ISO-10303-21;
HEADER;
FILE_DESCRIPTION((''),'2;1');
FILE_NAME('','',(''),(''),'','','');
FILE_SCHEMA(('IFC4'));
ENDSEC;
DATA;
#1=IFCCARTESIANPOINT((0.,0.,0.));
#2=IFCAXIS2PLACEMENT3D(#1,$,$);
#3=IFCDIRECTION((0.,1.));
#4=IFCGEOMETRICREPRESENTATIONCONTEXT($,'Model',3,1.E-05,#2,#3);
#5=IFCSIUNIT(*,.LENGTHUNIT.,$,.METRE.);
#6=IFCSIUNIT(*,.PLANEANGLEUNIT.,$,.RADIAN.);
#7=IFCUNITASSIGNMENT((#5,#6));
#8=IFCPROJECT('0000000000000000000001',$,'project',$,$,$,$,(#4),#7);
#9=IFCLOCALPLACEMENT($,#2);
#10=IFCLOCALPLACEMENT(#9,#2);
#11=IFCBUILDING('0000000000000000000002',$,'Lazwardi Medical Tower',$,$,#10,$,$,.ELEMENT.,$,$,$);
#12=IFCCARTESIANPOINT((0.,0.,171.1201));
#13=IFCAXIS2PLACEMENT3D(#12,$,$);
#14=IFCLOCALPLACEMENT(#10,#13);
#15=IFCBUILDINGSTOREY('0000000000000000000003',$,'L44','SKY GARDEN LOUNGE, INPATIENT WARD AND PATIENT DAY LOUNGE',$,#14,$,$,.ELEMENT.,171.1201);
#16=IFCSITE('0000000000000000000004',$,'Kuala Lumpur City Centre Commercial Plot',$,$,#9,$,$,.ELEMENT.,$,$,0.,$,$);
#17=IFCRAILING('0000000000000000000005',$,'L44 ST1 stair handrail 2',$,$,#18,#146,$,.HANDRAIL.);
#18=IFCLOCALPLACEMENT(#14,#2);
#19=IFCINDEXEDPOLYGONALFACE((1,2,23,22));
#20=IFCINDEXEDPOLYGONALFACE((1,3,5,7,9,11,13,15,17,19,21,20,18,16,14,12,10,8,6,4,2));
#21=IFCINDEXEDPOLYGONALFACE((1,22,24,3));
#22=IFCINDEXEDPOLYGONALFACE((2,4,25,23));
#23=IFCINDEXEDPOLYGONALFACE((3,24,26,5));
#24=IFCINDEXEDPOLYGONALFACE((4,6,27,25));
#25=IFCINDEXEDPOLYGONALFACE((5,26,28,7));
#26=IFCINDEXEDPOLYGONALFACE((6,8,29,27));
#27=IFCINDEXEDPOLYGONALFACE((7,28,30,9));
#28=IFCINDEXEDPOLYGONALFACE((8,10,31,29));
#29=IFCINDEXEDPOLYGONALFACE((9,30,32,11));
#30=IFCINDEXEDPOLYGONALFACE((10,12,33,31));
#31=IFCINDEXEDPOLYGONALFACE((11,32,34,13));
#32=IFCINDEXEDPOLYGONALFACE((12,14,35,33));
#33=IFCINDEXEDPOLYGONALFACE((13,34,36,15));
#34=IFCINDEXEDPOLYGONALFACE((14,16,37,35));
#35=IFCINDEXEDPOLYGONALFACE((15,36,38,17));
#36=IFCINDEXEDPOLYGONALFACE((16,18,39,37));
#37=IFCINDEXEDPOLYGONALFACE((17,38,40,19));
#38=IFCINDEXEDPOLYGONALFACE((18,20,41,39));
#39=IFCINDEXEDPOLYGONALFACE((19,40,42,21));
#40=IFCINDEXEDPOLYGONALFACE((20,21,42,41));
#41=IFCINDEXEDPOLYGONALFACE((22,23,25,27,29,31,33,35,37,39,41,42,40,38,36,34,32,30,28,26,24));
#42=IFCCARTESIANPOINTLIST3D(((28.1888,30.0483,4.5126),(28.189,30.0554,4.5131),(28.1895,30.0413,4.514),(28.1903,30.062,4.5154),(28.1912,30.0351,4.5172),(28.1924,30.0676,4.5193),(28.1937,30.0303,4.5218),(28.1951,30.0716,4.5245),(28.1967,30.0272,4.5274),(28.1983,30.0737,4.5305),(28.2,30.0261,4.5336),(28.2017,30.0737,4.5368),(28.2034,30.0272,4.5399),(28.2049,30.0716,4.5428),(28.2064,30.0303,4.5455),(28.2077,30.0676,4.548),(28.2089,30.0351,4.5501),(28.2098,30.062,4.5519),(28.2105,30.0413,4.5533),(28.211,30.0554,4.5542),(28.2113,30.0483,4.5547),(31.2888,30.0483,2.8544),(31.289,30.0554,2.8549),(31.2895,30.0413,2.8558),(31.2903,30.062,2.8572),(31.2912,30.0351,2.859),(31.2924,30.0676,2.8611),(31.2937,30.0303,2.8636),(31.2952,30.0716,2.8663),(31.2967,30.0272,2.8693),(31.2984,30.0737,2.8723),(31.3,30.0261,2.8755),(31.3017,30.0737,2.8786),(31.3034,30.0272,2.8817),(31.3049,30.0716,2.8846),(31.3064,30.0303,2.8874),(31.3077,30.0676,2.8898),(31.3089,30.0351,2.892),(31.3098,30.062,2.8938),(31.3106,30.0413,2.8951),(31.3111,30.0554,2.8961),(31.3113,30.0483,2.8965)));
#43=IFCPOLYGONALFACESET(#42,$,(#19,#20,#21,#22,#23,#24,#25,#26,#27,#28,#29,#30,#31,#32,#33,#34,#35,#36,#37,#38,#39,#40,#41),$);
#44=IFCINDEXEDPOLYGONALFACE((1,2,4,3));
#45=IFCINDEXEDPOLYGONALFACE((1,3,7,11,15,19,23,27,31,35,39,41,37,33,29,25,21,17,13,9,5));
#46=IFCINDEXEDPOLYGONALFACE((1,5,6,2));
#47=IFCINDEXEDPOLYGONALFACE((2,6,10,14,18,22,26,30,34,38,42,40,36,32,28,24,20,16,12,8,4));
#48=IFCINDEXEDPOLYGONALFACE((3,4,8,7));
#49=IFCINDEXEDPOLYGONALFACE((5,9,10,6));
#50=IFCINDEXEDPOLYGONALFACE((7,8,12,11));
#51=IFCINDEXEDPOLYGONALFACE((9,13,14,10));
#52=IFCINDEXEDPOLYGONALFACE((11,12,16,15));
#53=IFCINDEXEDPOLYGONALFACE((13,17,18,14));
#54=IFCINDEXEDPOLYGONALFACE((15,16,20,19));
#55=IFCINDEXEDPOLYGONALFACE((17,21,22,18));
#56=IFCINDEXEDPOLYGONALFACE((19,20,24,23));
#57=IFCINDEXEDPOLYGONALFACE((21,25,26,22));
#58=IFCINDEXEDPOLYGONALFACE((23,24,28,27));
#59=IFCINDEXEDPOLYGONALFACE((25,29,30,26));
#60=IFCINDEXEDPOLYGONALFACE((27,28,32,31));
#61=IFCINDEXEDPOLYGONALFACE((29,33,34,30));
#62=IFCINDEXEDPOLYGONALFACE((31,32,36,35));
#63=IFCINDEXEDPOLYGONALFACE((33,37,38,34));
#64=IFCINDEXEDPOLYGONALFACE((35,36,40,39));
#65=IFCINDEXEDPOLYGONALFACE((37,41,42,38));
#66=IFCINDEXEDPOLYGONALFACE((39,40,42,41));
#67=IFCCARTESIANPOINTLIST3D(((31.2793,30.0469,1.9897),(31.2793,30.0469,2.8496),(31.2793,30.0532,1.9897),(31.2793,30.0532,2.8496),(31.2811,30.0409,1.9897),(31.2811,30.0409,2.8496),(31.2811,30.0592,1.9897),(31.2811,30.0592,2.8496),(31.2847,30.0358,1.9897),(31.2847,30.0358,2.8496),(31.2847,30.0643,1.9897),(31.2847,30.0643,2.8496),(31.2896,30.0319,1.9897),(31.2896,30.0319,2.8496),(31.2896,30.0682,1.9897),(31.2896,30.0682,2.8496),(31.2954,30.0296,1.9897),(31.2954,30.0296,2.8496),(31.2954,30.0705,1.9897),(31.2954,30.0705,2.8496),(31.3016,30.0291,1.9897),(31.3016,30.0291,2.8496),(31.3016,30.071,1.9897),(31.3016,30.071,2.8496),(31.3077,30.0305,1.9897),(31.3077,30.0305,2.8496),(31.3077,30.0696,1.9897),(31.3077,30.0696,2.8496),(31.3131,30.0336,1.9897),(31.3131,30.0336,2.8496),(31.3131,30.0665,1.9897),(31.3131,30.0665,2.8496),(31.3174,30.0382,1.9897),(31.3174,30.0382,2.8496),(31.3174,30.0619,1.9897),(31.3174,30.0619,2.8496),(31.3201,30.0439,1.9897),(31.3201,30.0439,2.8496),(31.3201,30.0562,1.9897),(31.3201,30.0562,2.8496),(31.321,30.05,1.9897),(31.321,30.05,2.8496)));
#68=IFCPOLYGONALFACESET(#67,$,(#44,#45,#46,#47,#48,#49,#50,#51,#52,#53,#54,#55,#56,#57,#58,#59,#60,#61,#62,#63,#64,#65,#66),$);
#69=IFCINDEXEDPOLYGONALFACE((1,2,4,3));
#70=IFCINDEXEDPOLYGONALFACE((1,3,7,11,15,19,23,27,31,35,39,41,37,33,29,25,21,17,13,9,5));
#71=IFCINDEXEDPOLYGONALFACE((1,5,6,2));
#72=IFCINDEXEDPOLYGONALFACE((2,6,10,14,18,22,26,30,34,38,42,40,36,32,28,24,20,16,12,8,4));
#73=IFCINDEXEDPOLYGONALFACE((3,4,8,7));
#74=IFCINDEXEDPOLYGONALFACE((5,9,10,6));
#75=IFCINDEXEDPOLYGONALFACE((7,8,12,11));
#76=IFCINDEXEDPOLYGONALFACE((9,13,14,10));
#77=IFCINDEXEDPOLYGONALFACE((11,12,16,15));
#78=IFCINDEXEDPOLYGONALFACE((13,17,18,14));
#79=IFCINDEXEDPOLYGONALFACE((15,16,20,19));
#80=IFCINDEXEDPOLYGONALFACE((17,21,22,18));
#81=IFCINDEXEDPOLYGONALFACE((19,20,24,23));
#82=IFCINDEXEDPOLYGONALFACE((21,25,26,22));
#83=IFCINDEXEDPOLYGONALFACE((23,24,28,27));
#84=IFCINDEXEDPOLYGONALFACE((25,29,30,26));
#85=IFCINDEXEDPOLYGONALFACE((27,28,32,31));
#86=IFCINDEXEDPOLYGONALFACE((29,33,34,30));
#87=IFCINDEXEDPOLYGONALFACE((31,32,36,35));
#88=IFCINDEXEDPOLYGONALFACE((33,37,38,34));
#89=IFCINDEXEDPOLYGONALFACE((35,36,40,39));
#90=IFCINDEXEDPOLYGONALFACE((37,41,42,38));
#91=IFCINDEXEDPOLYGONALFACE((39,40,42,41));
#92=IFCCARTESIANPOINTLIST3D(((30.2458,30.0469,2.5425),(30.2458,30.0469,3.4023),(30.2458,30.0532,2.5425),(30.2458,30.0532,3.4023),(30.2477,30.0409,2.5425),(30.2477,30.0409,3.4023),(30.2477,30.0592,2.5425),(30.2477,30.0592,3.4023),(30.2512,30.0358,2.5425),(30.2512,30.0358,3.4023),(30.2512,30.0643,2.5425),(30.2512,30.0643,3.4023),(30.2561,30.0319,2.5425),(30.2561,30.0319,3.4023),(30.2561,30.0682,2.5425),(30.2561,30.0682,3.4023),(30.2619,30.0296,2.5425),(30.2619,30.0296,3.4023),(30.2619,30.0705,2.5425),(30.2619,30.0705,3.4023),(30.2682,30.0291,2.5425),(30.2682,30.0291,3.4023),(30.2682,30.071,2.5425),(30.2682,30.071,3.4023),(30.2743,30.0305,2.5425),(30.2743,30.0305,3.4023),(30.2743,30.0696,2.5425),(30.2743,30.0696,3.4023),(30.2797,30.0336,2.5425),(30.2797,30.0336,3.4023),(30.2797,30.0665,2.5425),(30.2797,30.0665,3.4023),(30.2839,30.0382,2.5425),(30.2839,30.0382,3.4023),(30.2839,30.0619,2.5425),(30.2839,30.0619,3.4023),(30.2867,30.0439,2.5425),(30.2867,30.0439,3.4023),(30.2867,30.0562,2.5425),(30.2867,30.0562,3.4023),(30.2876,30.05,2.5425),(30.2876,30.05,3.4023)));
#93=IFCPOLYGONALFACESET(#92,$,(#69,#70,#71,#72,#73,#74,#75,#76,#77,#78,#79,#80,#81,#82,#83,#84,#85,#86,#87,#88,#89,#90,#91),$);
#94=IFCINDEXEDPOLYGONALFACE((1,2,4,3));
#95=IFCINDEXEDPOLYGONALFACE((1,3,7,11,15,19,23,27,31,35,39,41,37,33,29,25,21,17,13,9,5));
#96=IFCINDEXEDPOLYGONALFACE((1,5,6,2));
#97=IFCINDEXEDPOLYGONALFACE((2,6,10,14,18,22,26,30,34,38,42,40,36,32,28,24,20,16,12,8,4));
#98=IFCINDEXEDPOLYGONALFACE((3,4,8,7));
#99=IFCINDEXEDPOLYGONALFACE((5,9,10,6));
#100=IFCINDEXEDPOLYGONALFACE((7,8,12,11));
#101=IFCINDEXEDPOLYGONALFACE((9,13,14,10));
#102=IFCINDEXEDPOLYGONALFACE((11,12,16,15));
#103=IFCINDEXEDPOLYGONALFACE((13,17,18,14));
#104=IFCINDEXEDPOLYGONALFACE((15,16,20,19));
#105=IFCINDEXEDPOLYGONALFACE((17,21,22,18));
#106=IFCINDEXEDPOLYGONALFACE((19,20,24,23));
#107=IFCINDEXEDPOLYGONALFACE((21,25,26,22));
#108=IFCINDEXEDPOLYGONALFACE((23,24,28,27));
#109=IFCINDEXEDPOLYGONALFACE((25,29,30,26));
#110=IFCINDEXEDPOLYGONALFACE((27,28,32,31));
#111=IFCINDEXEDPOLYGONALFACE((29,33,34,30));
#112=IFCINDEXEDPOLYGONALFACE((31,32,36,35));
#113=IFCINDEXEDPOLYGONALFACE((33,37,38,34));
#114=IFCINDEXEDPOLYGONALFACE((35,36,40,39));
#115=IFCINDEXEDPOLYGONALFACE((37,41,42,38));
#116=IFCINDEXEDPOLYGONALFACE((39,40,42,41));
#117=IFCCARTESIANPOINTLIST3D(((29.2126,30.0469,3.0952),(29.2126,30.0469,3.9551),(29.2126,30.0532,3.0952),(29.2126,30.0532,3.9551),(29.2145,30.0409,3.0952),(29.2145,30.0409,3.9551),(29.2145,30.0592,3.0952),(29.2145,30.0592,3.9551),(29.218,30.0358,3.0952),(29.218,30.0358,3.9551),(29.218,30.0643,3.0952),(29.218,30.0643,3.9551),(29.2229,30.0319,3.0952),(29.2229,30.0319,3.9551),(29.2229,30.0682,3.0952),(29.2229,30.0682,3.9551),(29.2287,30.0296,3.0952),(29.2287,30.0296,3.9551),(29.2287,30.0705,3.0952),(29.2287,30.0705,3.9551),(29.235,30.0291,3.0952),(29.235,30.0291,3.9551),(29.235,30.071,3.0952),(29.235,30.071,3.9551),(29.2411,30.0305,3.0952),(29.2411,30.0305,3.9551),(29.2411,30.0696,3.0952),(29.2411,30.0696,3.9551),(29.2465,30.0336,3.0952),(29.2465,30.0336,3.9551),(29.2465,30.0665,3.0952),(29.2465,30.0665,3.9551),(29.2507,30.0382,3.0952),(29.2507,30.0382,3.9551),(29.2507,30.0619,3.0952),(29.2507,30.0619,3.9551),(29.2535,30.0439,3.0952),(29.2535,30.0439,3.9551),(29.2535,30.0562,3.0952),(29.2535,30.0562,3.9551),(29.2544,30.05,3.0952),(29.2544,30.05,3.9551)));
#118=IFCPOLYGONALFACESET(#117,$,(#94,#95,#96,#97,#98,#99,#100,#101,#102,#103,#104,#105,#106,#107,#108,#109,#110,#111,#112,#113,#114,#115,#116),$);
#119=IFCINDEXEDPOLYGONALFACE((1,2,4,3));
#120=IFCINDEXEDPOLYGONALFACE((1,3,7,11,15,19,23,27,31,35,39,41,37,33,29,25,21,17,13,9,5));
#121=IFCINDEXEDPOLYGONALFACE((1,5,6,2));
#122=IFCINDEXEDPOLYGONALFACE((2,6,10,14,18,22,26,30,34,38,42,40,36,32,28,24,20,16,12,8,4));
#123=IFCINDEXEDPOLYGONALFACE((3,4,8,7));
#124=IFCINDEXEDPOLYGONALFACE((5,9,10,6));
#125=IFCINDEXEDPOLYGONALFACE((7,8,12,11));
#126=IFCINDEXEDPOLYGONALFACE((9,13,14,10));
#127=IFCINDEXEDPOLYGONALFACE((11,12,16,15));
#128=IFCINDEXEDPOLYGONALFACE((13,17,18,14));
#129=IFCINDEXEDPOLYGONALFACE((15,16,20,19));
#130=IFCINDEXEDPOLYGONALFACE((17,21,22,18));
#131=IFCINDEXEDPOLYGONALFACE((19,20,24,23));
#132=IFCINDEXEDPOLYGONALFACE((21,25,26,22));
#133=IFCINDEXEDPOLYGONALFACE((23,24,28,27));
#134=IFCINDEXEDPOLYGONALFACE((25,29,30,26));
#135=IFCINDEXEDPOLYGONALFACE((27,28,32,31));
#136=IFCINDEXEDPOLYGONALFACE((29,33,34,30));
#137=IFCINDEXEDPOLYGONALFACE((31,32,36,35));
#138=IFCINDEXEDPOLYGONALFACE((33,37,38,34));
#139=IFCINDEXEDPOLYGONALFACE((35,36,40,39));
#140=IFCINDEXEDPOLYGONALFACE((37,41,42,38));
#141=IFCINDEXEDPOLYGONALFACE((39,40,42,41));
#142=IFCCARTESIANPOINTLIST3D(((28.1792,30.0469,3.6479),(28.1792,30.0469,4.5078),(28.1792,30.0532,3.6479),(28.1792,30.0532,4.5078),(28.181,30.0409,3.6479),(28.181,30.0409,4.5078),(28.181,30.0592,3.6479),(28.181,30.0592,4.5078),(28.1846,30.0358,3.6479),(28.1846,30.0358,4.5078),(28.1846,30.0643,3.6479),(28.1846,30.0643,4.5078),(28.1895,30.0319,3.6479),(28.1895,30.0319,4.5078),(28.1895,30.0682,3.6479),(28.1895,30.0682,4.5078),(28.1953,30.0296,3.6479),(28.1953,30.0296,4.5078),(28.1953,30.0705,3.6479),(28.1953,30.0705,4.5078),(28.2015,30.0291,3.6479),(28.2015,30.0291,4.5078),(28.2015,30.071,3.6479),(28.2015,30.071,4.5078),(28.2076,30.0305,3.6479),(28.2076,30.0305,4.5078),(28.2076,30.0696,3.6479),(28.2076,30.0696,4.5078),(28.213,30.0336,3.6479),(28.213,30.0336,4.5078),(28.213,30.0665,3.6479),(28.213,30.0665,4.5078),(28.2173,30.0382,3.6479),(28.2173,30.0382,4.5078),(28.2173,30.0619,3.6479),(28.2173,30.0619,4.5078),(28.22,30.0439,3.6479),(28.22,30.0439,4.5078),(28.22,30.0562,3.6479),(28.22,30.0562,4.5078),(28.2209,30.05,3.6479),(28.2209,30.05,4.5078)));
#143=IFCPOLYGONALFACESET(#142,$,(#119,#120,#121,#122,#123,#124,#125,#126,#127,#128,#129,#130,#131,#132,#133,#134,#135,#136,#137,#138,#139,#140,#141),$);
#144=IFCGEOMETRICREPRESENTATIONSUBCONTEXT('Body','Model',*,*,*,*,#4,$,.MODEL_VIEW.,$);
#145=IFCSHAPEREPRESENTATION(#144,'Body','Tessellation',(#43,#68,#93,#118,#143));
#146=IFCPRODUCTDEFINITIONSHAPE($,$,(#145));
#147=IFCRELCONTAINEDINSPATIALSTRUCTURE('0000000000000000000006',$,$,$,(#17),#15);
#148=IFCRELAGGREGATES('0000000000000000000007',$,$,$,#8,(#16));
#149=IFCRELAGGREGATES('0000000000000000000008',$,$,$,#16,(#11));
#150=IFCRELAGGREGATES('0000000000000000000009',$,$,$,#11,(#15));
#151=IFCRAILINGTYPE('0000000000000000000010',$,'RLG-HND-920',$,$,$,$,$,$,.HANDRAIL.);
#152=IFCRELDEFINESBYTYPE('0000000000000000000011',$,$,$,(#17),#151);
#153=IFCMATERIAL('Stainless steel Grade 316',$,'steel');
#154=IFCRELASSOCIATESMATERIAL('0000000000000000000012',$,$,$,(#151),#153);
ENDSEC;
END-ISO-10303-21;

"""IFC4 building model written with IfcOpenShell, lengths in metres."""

from ifc_helpers import new_model, si_unit, direction, frame, origin, origin_2d, place, context, subcontext, project, spatial, circle, extrude, material, type_object, element, save


model = new_model("IFC4")

# Units and contexts
model_context = context("Model", 3, precision=1e-05, world=origin(), true_north=direction((0.0, 1.0)))
body_context = subcontext(model_context, "Body", "Model", "MODEL_VIEW")
ifc_project = project(units=[si_unit("LENGTHUNIT", "METRE"), si_unit("PLANEANGLEUNIT", "RADIAN")], contexts=[model_context])

# Site, building, storey
site_placement = place(None, origin())
site = spatial("IfcSite", under=ifc_project, at=site_placement, Name="Kuala Lumpur City Centre Commercial Plot", CompositionType="ELEMENT", RefElevation=0.0)
building_placement = place(site_placement, origin())
building = spatial("IfcBuilding", under=site, at=building_placement, Name="Lazwardi Medical Tower", CompositionType="ELEMENT")
storey_placement = place(building_placement, frame((0.0, 0.0, 171.1201)))
storey = spatial("IfcBuildingStorey", under=building, at=storey_placement, Name="L44", Description="SKY GARDEN LOUNGE, INPATIENT WARD AND PATIENT DAY LOUNGE", CompositionType="ELEMENT", Elevation=171.1201)

# Railing
ifc_material_1 = material(Name="Stainless steel Grade 316", Category="steel")
railing_type_1 = type_object("IfcRailingType", Name="RLG-HND-920", PredefinedType="HANDRAIL", material=ifc_material_1)
railing_1_placement = place(storey_placement, frame((31.3, 30.05, 1.9897)))
element("IfcRailing", 1, at=railing_1_placement, inside=storey, type_object=railing_type_1, Name="L44 ST1 stair handrail 2", PredefinedType="HANDRAIL", context=body_context, shape_type="SweptSolid", body=[
    extrude(circle(Radius=0.0239, at=origin_2d()), frame((0.0, 0.0, 0.8857), z_axis=(-0.881783, 0.0, 0.471655), x_axis=(0.0, -1.0, 0.0)), (0.0, 0.0, 1.0), 3.5156),
    extrude(circle(Radius=0.021, at=origin_2d()), origin(), (0.0, 0.0, 1.0), 0.8599),
    extrude(circle(Radius=0.021, at=origin_2d()), frame((-1.0334, 0.0, 0.5527)), (0.0, 0.0, 1.0), 0.8599),
    extrude(circle(Radius=0.021, at=origin_2d()), frame((-2.0667, 0.0, 1.1055)), (0.0, 0.0, 1.0), 0.8599),
    extrude(circle(Radius=0.021, at=origin_2d()), frame((-3.1001, 0.0, 1.6582)), (0.0, 0.0, 1.0), 0.8599),
])

save(model, "model.ifc")
